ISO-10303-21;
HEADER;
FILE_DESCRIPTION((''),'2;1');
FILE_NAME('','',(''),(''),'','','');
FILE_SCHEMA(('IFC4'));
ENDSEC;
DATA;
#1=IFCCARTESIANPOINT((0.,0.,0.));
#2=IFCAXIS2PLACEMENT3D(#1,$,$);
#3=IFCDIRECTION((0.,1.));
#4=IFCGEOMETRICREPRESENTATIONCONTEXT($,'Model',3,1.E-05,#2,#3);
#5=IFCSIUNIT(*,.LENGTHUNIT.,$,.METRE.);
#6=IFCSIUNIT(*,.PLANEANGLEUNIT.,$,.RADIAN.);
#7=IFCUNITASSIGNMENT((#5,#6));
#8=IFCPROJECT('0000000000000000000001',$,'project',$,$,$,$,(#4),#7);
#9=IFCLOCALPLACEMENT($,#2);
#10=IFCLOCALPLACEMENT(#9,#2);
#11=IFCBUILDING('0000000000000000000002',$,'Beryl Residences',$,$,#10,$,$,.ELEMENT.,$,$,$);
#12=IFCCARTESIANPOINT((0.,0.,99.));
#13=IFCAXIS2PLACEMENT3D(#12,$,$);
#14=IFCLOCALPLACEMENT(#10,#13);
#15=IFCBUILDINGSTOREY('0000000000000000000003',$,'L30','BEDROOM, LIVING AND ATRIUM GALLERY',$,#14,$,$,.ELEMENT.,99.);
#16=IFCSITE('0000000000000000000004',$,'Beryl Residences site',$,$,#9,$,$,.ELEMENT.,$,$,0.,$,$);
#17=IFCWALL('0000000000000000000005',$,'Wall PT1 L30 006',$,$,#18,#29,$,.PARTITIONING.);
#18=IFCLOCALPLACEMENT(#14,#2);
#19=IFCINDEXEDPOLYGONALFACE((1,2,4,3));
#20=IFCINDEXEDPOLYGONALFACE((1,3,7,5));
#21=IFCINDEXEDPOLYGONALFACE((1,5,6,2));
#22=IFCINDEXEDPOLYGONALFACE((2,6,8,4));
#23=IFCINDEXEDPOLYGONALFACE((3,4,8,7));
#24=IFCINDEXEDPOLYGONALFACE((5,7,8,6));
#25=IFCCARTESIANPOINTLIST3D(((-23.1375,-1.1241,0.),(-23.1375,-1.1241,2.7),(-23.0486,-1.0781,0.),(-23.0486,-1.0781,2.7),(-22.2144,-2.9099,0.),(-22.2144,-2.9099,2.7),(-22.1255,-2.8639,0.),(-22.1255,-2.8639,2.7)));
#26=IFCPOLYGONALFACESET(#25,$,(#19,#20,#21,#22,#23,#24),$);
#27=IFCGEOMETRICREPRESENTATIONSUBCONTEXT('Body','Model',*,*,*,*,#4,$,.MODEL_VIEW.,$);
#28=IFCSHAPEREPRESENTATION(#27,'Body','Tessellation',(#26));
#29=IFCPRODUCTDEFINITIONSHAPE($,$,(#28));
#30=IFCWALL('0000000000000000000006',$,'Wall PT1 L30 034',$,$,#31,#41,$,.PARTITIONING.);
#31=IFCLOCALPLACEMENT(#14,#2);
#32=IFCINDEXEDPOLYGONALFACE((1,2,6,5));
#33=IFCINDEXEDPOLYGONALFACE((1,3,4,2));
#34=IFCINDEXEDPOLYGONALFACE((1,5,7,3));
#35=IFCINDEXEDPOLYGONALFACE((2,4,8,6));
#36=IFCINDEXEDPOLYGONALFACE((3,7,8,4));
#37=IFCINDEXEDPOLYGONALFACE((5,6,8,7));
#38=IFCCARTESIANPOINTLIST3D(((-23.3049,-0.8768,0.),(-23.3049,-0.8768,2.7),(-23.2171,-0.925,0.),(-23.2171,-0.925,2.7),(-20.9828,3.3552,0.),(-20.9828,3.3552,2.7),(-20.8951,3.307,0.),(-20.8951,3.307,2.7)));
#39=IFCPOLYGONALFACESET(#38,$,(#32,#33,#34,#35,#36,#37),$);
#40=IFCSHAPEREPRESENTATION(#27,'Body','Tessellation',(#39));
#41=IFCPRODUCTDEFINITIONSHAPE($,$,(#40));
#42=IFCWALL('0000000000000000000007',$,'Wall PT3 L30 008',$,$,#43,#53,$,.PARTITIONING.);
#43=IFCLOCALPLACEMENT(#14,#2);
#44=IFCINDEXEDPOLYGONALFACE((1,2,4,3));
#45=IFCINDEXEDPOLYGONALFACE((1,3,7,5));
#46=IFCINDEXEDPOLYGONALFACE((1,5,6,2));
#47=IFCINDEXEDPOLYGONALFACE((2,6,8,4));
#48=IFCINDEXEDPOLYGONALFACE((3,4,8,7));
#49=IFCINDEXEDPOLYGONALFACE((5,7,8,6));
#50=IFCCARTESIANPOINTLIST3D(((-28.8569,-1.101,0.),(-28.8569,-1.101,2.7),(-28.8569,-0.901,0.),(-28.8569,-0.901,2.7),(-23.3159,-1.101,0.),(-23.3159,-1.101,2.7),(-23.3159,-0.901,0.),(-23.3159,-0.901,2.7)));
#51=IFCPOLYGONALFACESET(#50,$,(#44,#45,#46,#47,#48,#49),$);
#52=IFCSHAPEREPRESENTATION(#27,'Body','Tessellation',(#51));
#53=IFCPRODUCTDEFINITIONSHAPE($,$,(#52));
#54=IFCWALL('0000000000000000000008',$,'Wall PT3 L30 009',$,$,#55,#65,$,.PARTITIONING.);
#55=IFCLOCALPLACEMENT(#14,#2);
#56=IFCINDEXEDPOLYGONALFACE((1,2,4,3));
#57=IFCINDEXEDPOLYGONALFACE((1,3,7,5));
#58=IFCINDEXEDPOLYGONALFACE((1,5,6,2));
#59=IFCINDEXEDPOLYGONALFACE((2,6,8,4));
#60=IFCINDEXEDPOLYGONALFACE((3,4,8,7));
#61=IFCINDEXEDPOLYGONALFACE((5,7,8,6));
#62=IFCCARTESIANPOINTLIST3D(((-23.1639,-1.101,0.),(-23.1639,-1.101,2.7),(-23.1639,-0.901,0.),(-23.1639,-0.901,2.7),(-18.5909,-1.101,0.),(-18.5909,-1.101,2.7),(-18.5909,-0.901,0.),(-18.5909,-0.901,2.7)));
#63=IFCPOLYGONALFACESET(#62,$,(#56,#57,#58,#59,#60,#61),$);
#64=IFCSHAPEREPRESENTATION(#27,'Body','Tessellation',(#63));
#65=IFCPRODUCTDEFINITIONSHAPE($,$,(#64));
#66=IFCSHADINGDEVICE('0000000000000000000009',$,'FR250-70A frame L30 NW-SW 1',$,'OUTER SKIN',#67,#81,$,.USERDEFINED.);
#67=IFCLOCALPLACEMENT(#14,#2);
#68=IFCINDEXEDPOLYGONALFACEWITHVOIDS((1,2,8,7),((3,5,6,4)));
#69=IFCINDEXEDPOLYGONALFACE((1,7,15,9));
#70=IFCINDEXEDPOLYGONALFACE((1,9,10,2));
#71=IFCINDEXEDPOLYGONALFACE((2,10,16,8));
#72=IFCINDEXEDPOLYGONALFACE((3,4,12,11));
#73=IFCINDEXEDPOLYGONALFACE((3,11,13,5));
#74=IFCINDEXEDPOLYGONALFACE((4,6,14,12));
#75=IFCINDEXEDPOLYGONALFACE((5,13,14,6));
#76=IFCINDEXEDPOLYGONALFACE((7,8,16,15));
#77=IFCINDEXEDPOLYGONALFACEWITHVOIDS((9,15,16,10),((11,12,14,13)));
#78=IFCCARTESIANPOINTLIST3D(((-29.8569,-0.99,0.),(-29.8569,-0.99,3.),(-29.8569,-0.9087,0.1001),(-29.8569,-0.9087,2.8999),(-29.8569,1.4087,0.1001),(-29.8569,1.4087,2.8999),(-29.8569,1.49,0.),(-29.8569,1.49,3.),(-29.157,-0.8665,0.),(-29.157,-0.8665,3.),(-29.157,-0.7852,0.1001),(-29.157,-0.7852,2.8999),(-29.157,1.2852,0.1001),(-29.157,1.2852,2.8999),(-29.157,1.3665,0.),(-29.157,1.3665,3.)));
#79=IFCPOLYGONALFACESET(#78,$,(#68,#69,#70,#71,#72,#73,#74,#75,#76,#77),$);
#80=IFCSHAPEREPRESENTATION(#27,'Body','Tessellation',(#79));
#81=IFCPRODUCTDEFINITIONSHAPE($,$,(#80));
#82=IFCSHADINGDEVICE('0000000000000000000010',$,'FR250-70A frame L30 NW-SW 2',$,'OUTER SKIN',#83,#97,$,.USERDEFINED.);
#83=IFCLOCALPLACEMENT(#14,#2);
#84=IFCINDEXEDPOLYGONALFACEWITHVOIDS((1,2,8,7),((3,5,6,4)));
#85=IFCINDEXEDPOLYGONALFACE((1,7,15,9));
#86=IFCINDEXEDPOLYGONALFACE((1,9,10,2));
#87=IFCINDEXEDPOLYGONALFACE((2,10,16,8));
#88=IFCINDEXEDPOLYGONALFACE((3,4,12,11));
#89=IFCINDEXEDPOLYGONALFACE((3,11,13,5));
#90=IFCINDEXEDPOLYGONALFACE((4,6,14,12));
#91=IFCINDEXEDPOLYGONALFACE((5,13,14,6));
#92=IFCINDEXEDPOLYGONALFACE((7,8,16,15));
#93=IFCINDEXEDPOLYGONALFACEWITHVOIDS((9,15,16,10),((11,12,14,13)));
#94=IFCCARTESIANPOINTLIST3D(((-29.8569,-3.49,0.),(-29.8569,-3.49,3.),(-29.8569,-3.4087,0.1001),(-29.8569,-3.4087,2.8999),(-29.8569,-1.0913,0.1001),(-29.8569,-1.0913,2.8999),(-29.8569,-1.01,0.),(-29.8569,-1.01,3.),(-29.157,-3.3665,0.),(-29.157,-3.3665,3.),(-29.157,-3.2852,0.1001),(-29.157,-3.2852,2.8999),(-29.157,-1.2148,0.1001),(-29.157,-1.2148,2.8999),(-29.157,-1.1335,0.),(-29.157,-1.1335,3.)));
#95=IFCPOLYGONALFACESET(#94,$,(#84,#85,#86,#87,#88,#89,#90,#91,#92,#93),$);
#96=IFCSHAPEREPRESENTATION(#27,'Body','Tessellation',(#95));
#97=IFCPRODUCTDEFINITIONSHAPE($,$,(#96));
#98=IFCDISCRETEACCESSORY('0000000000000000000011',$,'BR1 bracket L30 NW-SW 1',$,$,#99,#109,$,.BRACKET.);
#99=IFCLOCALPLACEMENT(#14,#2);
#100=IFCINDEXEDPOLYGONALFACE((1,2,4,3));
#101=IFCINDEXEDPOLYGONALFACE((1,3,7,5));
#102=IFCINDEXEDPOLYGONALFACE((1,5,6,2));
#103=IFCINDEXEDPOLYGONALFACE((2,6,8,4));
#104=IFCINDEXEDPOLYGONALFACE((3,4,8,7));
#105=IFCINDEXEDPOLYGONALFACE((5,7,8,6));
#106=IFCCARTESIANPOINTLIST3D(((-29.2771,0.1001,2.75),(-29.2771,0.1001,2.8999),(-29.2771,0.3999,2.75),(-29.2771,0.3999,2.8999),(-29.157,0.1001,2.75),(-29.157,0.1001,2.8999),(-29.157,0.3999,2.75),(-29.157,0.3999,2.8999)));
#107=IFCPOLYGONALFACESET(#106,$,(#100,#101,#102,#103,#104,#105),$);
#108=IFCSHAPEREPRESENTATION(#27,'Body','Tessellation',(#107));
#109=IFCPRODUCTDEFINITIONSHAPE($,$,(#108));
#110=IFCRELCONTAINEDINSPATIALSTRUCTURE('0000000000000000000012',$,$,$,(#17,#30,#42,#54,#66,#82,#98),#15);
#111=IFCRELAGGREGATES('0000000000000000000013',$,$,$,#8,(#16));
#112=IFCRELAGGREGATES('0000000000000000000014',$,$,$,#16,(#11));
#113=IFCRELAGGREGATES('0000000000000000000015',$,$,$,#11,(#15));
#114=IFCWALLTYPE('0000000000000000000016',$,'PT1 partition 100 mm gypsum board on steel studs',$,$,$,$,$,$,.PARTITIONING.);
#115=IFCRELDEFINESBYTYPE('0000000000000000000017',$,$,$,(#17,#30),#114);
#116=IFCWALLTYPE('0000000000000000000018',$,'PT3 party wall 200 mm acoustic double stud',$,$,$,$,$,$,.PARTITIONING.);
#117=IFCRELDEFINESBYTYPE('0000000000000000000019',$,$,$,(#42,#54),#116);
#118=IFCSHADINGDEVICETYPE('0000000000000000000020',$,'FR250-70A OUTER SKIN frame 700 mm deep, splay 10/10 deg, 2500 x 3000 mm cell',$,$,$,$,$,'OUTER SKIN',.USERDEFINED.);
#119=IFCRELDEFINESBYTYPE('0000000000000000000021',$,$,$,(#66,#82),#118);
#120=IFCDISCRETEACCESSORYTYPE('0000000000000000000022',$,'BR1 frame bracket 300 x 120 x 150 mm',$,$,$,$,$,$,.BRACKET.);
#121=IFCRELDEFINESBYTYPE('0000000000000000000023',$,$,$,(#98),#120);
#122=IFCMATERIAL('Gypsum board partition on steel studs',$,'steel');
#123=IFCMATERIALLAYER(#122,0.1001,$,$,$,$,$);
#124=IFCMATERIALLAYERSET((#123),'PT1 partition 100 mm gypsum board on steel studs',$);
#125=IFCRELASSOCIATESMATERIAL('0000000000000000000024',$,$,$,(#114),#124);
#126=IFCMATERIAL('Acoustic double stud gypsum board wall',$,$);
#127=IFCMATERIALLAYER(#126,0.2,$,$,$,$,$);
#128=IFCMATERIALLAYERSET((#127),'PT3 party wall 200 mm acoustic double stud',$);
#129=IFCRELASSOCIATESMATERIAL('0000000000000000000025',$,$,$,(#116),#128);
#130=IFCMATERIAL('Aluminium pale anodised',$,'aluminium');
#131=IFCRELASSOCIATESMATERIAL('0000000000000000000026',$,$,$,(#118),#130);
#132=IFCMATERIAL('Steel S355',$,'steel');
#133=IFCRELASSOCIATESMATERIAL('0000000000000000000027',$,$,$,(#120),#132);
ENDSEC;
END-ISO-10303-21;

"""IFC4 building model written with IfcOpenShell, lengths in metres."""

from ifc_helpers import new_model, entity, si_unit, direction, frame, frame_2d, origin, place, context, subcontext, project, spatial, polyline, rectangle, outline, extrude, source, transform, mapped, material, layer, layer_set, type_object, type_shapes, element, save


model = new_model("IFC4")

# Units and contexts
model_context = context("Model", 3, precision=1e-05, world=origin(), true_north=direction((0.0, 1.0)))
body_context = subcontext(model_context, "Body", "Model", "MODEL_VIEW")
ifc_project = project(units=[si_unit("LENGTHUNIT", "METRE"), si_unit("PLANEANGLEUNIT", "RADIAN")], contexts=[model_context])

# Site, building, storey
site_placement = place(None, origin())
site = spatial("IfcSite", under=ifc_project, at=site_placement, Name="Beryl Residences site", CompositionType="ELEMENT", RefElevation=0.0)
building_placement = place(site_placement, origin())
building = spatial("IfcBuilding", under=site, at=building_placement, Name="Beryl Residences", CompositionType="ELEMENT")
storey_placement = place(building_placement, frame((0.0, 0.0, 99.0)))
storey = spatial("IfcBuildingStorey", under=building, at=storey_placement, Name="L30", Description="BEDROOM, LIVING AND ATRIUM GALLERY", CompositionType="ELEMENT", Elevation=99.0)

# Walls
ifc_material_1 = material(Name="Gypsum board partition on steel studs", Category="steel")
ifc_layer_1 = layer(ifc_material_1, 0.1001)
ifc_layer_set_1 = layer_set([ifc_layer_1], Name="PT1 partition 100 mm gypsum board on steel studs")
wall_type_1 = type_object("IfcWallType", Name="PT1 partition 100 mm gypsum board on steel studs", PredefinedType="PARTITIONING", material=ifc_layer_set_1)
wall_1_placement = place(storey_placement, frame((-23.093, -1.1011, 0.0), z_axis=(0.0, 0.0, 1.0), x_axis=(0.459172, -0.888347, 0.0)))
element("IfcWall", 1, at=wall_1_placement, inside=storey, type_object=wall_type_1, Name="Wall PT1 L30 006", PredefinedType="PARTITIONING", context=body_context, shape_type="SweptSolid", body=[
    extrude(rectangle(XDim=2.0103, YDim=0.1001, at=frame_2d((1.0051, 0.0))), origin(), (0.0, 0.0, 1.0), 2.7),
])
wall_2_placement = place(storey_placement, frame((-23.261, -0.9009, 0.0), z_axis=(0.0, 0.0, 1.0), x_axis=(0.481037, 0.8767, 0.0)))
element("IfcWall", 2, at=wall_2_placement, inside=storey, type_object=wall_type_1, Name="Wall PT1 L30 034", PredefinedType="PARTITIONING", context=body_context, shape_type="SweptSolid", body=[
    extrude(rectangle(XDim=4.8271, YDim=0.1001, at=frame_2d((2.4136, 0.0))), origin(), (0.0, 0.0, 1.0), 2.7),
])
ifc_material_2 = material(Name="Acoustic double stud gypsum board wall")
ifc_layer_2 = layer(ifc_material_2, 0.2)
ifc_layer_set_2 = layer_set([ifc_layer_2], Name="PT3 party wall 200 mm acoustic double stud")
wall_type_2 = type_object("IfcWallType", Name="PT3 party wall 200 mm acoustic double stud", PredefinedType="PARTITIONING", material=ifc_layer_set_2)
wall_3_placement = place(storey_placement, frame((-28.8569, -1.001, 0.0), z_axis=(0.0, 0.0, 1.0), x_axis=(1.0, 0.0, 0.0)))
element("IfcWall", 3, at=wall_3_placement, inside=storey, type_object=wall_type_2, Name="Wall PT3 L30 008", PredefinedType="PARTITIONING", context=body_context, shape_type="SweptSolid", body=[
    extrude(rectangle(XDim=5.541, YDim=0.2, at=frame_2d((2.7705, 0.0))), origin(), (0.0, 0.0, 1.0), 2.7),
])
wall_4_placement = place(storey_placement, frame((-23.1641, -1.001, 0.0), z_axis=(0.0, 0.0, 1.0), x_axis=(1.0, 0.0, 0.0)))
element("IfcWall", 4, at=wall_4_placement, inside=storey, type_object=wall_type_2, Name="Wall PT3 L30 009", PredefinedType="PARTITIONING", context=body_context, shape_type="SweptSolid", body=[
    extrude(rectangle(XDim=4.573, YDim=0.2, at=frame_2d((2.2866, 0.0))), origin(), (0.0, 0.0, 1.0), 2.7),
])

# Shading devices
ifc_material_3 = material(Name="Aluminium pale anodised", Category="aluminium")
shading_device_type = type_object("IfcShadingDeviceType", Name="FR250-70A OUTER SKIN frame 700 mm deep, splay 10/10 deg, 2500 x 3000 mm cell", ElementType="OUTER SKIN", PredefinedType="USERDEFINED", material=ifc_material_3)
cartesian_point_1 = entity("IfcCartesianPoint", [-1.1165, 0.0])
cartesian_point_2 = entity("IfcCartesianPoint", [-1.0352, 0.1001])
cartesian_point_3 = entity("IfcCartesianPoint", [-1.24, 0.0])
cartesian_point_4 = entity("IfcCartesianPoint", [-1.1587, 0.1001])
shared_shape_1 = source(origin(), body_context, "Body", "SweptSolid", [
    entity("IfcExtrudedAreaSolidTapered", entity("IfcArbitraryProfileDefWithVoids", "AREA", None, entity("IfcPolyline", [cartesian_point_1, entity("IfcCartesianPoint", [1.1165, 0.0]), entity("IfcCartesianPoint", [1.1165, 3.0]), entity("IfcCartesianPoint", [-1.1165, 3.0]), cartesian_point_1]), [entity("IfcPolyline", [cartesian_point_2, entity("IfcCartesianPoint", [1.0352, 0.1001]), entity("IfcCartesianPoint", [1.0352, 2.8999]), entity("IfcCartesianPoint", [-1.0352, 2.8999]), cartesian_point_2])]), entity("IfcAxis2Placement3D", entity("IfcCartesianPoint", [0.0, 0.0, 0.0]), entity("IfcDirection", [0.0, 1.0, 0.0]), entity("IfcDirection", [-1.0, 0.0, 0.0])), entity("IfcDirection", [0.0, 0.0, 1.0]), 0.7, entity("IfcArbitraryProfileDefWithVoids", "AREA", None, entity("IfcPolyline", [cartesian_point_3, entity("IfcCartesianPoint", [1.24, 0.0]), entity("IfcCartesianPoint", [1.24, 3.0]), entity("IfcCartesianPoint", [-1.24, 3.0]), cartesian_point_3]), [entity("IfcPolyline", [cartesian_point_4, entity("IfcCartesianPoint", [1.1587, 0.1001]), entity("IfcCartesianPoint", [1.1587, 2.8999]), entity("IfcCartesianPoint", [-1.1587, 2.8999]), cartesian_point_4])])),
])
type_shapes(shading_device_type, [shared_shape_1])
for number, where, z_axis, x_axis, name in (
    (5, (-29.157, 0.25, 0.0), (0.0, 0.0, 1.0), (0.0, 1.0, 0.0), "FR250-70A frame L30 NW-SW 1"),
    (6, (-29.157, -2.25, 0.0), (0.0, 0.0, 1.0), (0.0, 1.0, 0.0), "FR250-70A frame L30 NW-SW 2"),
):
    element("IfcShadingDevice", number, at=place(storey_placement, frame(where, z_axis=z_axis, x_axis=x_axis)), inside=storey, type_object=shading_device_type, Name=name, ObjectType="OUTER SKIN", PredefinedType="USERDEFINED", context=body_context, shape_type="MappedRepresentation", body=[
        mapped(shared_shape_1, transform((0.0, 0.0, 0.0))),
    ])

# Discrete accessory
ifc_material_4 = material(Name="Steel S355", Category="steel")
discrete_accessory_type = type_object("IfcDiscreteAccessoryType", Name="BR1 frame bracket 300 x 120 x 150 mm", PredefinedType="BRACKET", material=ifc_material_4)
shared_shape_2 = source(origin(), body_context, "Body", "SweptSolid", [
    extrude(outline(polyline([(-0.1499, 0.0), (0.1499, 0.0), (0.1499, 0.1201), (-0.1499, 0.1201), (-0.1499, 0.0)])), origin(), (0.0, 0.0, 1.0), 0.1499),
])
type_shapes(discrete_accessory_type, [shared_shape_2])
discrete_accessory_placement = place(storey_placement, frame((-29.157, 0.25, 2.75), z_axis=(0.0, 0.0, 1.0), x_axis=(0.0, 1.0, 0.0)))
element("IfcDiscreteAccessory", 7, at=discrete_accessory_placement, inside=storey, type_object=discrete_accessory_type, Name="BR1 bracket L30 NW-SW 1", PredefinedType="BRACKET", context=body_context, shape_type="MappedRepresentation", body=[
    mapped(shared_shape_2, transform((0.0, 0.0, 0.0))),
])

save(model, "model.ifc")
